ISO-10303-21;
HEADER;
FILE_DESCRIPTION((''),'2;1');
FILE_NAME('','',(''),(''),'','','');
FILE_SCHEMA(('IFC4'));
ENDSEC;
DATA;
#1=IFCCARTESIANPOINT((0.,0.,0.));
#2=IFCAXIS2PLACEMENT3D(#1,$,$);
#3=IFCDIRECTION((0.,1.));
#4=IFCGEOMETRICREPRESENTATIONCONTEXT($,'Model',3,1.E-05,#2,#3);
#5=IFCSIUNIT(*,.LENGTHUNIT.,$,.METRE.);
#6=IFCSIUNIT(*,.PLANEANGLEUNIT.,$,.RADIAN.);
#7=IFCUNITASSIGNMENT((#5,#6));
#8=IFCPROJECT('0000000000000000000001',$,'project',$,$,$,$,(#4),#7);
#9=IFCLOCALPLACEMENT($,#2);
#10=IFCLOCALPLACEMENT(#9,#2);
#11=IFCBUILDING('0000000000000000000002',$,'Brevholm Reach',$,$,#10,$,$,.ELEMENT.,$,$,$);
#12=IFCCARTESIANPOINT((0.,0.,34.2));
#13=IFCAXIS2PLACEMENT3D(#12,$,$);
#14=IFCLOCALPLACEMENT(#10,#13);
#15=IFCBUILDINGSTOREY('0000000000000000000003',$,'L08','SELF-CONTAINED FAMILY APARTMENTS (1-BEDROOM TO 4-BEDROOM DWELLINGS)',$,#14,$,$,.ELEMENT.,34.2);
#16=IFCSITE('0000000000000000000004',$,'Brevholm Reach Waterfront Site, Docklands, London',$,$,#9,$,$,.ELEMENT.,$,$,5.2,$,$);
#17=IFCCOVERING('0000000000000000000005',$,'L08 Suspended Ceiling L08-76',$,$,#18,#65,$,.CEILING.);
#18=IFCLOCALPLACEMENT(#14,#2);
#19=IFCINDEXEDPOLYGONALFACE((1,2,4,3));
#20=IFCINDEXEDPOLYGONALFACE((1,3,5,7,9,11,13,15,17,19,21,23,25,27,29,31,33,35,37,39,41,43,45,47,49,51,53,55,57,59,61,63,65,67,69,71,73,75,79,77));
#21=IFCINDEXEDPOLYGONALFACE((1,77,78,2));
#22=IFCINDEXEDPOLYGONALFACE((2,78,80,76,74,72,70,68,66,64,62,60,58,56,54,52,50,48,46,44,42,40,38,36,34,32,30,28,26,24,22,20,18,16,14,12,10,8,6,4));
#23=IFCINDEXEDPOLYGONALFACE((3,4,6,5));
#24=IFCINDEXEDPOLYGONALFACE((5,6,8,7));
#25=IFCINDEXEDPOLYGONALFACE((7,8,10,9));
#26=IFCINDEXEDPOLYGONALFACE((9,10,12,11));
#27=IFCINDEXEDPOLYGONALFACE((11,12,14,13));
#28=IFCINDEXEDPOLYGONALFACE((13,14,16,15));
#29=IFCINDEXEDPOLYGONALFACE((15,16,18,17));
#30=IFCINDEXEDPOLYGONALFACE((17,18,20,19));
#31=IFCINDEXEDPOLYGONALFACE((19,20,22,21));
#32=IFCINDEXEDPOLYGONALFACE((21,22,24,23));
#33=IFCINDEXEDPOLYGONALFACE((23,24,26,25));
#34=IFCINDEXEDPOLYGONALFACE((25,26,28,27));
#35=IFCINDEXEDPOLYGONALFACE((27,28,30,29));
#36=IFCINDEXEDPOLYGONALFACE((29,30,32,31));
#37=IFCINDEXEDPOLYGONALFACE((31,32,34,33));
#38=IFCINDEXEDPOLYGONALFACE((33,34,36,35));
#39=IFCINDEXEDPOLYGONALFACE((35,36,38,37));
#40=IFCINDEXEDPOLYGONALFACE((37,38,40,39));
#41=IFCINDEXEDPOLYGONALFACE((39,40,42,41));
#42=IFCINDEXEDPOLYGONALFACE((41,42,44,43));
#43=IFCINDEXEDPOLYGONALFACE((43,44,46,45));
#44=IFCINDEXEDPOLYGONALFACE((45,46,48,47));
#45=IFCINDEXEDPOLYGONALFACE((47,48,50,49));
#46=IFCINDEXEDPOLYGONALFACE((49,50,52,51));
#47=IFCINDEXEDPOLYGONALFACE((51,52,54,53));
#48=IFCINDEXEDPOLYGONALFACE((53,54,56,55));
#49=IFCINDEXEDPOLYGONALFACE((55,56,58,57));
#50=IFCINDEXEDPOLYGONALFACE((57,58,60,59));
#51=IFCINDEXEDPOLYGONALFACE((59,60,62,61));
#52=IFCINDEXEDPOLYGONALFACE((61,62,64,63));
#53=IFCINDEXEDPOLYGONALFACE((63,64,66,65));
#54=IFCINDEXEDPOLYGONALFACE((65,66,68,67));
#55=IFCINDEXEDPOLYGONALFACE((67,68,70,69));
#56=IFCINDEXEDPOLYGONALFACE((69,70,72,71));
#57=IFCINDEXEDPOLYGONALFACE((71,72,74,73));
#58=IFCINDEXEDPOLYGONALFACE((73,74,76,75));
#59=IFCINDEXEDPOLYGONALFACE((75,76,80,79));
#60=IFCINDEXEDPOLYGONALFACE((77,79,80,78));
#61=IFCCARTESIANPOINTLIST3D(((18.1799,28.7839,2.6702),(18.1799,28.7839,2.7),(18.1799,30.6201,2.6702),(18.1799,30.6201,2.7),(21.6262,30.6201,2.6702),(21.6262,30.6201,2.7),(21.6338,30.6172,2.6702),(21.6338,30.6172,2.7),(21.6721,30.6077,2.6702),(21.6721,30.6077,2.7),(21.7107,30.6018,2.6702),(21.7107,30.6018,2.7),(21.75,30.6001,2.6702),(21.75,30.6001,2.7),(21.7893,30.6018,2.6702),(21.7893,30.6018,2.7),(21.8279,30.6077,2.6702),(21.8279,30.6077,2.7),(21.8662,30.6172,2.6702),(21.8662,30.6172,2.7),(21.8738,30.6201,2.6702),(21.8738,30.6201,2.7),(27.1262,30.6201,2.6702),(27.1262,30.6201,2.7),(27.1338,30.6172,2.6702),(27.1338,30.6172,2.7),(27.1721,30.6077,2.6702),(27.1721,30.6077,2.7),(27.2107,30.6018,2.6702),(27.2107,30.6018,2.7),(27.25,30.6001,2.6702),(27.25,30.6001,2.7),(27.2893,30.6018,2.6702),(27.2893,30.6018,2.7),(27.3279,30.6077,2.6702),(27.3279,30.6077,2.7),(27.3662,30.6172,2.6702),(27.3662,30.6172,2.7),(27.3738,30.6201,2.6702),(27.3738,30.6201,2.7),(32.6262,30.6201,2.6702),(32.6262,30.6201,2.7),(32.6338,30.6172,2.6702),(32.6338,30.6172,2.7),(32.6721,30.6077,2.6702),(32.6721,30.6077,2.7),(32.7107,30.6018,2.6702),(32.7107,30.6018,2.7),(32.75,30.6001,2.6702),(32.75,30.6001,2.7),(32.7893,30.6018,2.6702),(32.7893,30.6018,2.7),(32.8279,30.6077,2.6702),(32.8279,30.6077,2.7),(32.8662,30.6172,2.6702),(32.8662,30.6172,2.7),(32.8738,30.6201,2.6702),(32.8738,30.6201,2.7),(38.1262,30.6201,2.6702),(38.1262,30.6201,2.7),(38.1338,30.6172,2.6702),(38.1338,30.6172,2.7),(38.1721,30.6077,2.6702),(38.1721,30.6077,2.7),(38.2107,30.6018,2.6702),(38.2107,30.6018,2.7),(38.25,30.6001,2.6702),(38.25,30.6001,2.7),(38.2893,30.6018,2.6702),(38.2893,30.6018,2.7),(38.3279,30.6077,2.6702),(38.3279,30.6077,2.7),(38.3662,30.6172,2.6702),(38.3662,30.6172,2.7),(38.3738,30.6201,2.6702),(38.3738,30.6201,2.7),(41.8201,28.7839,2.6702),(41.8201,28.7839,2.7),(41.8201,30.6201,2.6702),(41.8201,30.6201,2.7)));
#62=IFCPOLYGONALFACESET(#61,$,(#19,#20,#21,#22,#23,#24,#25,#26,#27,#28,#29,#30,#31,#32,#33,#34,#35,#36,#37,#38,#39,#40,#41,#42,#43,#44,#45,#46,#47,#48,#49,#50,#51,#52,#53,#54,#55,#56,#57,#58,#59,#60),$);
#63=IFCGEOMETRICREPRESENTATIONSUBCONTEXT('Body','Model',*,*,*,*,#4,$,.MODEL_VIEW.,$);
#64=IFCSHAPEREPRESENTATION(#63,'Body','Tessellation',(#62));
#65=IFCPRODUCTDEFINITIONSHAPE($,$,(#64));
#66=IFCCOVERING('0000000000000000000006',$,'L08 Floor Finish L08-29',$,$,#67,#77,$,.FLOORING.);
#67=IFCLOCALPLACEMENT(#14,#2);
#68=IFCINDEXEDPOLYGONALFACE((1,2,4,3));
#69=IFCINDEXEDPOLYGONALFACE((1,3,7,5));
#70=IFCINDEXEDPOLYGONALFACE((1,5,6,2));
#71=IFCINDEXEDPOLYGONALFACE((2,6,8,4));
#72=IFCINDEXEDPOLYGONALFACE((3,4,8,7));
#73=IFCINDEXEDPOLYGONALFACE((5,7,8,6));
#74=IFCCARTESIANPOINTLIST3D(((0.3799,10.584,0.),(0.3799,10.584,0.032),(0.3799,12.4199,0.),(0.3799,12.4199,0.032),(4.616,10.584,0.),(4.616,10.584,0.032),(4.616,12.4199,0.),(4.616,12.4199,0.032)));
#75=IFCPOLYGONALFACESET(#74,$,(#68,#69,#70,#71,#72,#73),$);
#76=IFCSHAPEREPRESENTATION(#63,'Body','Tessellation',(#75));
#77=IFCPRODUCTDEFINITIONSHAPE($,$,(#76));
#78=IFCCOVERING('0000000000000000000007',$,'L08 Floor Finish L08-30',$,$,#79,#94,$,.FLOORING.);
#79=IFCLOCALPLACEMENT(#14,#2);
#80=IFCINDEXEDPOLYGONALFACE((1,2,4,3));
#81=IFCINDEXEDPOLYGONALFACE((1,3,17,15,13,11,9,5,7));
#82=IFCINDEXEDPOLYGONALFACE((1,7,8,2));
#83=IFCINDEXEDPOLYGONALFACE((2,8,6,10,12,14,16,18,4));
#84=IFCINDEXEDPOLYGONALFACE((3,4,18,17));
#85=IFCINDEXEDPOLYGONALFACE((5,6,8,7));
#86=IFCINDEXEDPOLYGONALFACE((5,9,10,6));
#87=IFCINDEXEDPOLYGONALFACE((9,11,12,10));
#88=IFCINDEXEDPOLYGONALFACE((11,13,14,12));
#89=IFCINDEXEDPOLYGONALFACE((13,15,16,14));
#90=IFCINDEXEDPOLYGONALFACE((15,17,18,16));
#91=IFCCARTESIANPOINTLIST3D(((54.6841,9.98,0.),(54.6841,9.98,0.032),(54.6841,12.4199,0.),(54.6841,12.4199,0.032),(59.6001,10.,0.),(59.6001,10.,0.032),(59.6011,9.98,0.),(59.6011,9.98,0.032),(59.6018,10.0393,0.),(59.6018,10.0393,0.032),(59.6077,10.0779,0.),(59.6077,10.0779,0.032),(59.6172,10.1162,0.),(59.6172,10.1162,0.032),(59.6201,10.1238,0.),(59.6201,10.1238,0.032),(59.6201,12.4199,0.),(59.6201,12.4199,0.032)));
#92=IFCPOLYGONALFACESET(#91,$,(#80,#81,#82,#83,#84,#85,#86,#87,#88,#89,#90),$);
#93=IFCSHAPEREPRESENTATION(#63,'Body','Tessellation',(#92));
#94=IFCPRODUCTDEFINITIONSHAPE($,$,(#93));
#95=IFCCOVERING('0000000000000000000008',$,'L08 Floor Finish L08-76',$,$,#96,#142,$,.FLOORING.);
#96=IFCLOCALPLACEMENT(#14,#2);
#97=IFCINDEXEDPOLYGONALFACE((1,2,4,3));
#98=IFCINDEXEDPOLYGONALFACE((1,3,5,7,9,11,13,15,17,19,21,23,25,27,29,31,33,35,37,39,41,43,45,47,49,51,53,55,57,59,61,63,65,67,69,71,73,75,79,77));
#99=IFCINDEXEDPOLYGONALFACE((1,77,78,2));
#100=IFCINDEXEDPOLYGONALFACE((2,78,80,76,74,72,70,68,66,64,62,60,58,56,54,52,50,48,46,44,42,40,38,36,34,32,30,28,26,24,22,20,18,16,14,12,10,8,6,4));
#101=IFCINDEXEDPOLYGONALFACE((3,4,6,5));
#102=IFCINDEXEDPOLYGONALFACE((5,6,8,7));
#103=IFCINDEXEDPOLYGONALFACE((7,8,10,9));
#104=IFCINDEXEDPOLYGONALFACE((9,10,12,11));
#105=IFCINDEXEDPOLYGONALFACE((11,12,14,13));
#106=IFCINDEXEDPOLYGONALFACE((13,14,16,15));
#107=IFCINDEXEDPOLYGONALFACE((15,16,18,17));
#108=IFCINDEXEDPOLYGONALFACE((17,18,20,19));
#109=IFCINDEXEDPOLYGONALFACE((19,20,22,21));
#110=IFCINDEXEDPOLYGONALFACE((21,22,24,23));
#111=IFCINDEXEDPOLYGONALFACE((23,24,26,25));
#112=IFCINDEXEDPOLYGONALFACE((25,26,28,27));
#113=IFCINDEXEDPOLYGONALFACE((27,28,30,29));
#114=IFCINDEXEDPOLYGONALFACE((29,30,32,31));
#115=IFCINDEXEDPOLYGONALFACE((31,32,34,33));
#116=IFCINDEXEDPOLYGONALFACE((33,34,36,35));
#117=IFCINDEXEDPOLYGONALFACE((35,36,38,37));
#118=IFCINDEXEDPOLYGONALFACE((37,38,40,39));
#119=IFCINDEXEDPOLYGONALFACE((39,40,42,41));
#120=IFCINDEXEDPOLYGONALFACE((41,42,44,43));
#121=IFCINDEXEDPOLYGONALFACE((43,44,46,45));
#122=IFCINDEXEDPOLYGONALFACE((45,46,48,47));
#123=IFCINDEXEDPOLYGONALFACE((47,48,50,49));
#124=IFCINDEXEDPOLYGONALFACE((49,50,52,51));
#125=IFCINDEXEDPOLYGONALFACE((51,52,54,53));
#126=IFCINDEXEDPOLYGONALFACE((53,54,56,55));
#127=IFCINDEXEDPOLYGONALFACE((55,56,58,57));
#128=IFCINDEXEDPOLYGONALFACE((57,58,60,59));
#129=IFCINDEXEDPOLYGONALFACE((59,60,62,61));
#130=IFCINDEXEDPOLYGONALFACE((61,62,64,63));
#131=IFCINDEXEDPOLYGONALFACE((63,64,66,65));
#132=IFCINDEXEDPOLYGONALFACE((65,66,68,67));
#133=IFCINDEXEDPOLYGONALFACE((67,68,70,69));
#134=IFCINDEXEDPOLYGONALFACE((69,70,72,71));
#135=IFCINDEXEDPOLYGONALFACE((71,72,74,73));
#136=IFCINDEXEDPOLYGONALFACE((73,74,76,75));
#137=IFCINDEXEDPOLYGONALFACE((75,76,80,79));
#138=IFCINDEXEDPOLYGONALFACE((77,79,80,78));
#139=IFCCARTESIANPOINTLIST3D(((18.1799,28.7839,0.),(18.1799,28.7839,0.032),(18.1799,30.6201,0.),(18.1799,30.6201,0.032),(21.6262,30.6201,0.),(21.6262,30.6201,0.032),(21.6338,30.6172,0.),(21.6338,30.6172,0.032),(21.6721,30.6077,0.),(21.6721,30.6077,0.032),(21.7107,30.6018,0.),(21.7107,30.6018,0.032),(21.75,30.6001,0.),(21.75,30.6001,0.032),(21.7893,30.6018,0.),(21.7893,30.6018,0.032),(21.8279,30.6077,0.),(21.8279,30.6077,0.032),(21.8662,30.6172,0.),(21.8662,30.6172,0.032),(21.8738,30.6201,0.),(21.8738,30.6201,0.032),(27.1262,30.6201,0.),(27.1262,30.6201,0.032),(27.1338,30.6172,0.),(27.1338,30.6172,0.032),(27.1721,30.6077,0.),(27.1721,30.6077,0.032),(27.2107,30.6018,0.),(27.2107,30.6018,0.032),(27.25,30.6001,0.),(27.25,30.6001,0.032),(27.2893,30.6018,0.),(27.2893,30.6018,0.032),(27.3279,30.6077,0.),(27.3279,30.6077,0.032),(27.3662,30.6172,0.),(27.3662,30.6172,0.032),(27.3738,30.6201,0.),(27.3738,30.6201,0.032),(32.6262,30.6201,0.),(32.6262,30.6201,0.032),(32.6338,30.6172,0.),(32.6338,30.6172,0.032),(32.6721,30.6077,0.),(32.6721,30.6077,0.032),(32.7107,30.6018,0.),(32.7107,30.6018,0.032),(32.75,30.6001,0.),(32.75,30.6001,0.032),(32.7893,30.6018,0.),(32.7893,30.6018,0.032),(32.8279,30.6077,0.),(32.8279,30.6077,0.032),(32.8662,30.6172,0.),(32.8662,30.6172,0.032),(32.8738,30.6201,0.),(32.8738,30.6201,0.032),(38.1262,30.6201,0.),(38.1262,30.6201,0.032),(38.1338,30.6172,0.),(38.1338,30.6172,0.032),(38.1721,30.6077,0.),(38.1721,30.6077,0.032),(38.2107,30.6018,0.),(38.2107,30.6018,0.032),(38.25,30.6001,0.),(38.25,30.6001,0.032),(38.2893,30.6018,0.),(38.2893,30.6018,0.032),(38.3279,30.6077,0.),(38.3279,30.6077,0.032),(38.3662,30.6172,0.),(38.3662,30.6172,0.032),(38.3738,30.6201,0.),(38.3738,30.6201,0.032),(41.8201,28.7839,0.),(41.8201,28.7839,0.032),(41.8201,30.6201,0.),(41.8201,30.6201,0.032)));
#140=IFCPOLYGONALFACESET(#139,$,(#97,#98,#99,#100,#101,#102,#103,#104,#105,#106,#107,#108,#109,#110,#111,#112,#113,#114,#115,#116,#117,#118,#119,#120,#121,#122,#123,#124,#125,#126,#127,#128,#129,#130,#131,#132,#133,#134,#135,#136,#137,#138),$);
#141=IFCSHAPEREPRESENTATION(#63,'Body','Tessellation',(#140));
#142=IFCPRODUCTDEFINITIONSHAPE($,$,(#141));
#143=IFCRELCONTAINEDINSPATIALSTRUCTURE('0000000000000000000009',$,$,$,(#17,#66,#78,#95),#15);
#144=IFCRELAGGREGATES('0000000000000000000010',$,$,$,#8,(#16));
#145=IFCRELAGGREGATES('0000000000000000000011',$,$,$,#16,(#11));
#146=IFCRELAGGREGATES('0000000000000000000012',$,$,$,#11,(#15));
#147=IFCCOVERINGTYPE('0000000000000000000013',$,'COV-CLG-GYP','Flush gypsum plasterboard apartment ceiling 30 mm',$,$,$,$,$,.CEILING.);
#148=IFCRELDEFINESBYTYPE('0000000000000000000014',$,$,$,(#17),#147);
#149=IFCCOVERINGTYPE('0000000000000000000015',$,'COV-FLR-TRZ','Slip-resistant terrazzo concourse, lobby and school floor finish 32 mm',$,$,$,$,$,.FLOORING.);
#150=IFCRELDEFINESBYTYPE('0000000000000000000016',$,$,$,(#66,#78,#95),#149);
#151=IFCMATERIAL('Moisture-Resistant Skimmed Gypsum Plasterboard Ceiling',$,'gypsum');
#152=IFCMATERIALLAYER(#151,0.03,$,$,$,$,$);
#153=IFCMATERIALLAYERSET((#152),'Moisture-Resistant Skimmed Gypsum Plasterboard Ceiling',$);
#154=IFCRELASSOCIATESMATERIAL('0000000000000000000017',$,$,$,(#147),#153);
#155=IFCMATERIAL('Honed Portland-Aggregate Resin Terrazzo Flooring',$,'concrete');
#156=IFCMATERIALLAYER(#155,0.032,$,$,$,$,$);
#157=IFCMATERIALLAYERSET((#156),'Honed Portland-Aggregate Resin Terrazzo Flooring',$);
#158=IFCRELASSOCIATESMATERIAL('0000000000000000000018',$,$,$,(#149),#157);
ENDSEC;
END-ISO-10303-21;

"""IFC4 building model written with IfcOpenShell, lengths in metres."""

from ifc_helpers import new_model, si_unit, direction, frame, origin, place, context, subcontext, project, spatial, polyline, outline, extrude, material, layer, layer_set, type_object, element, save


model = new_model("IFC4")

# Units and contexts
model_context = context("Model", 3, precision=1e-05, world=origin(), true_north=direction((0.0, 1.0)))
body_context = subcontext(model_context, "Body", "Model", "MODEL_VIEW")
ifc_project = project(units=[si_unit("LENGTHUNIT", "METRE"), si_unit("PLANEANGLEUNIT", "RADIAN")], contexts=[model_context])

# Site, building, storey
site_placement = place(None, origin())
site = spatial("IfcSite", under=ifc_project, at=site_placement, Name="Brevholm Reach Waterfront Site, Docklands, London", CompositionType="ELEMENT", RefElevation=5.2)
building_placement = place(site_placement, origin())
building = spatial("IfcBuilding", under=site, at=building_placement, Name="Brevholm Reach", CompositionType="ELEMENT")
storey_placement = place(building_placement, frame((0.0, 0.0, 34.2)))
storey = spatial("IfcBuildingStorey", under=building, at=storey_placement, Name="L08", Description="SELF-CONTAINED FAMILY APARTMENTS (1-BEDROOM TO 4-BEDROOM DWELLINGS)", CompositionType="ELEMENT", Elevation=34.2)

# Coverings
ifc_material_1 = material(Name="Moisture-Resistant Skimmed Gypsum Plasterboard Ceiling", Category="gypsum")
ifc_layer_1 = layer(ifc_material_1, 0.03)
ifc_layer_set_1 = layer_set([ifc_layer_1], Name="Moisture-Resistant Skimmed Gypsum Plasterboard Ceiling")
covering_type_1 = type_object("IfcCoveringType", Name="COV-CLG-GYP", Description="Flush gypsum plasterboard apartment ceiling 30 mm", PredefinedType="CEILING", material=ifc_layer_set_1)
covering_1_placement = place(storey_placement, frame((0.0, 0.0, 2.6702)))
element("IfcCovering", 1, at=covering_1_placement, inside=storey, type_object=covering_type_1, Name="L08 Suspended Ceiling L08-76", PredefinedType="CEILING", context=body_context, shape_type="SweptSolid", body=[
    extrude(outline(polyline([(18.1799, 30.6201), (21.6262, 30.6201), (21.6338, 30.6172), (21.6721, 30.6077), (21.7107, 30.6018), (21.75, 30.6001), (21.7893, 30.6018), (21.8279, 30.6077), (21.8662, 30.6172), (21.8738, 30.6201), (27.1262, 30.6201), (27.1338, 30.6172), (27.1721, 30.6077), (27.2107, 30.6018), (27.25, 30.6001), (27.2893, 30.6018), (27.3279, 30.6077), (27.3662, 30.6172), (27.3738, 30.6201), (32.6262, 30.6201), (32.6338, 30.6172), (32.6721, 30.6077), (32.7107, 30.6018), (32.75, 30.6001), (32.7893, 30.6018), (32.8279, 30.6077), (32.8662, 30.6172), (32.8738, 30.6201), (38.1262, 30.6201), (38.1338, 30.6172), (38.1721, 30.6077), (38.2107, 30.6018), (38.25, 30.6001), (38.2893, 30.6018), (38.3279, 30.6077), (38.3662, 30.6172), (38.3738, 30.6201), (41.8201, 30.6201), (41.8201, 28.7839), (18.1799, 28.7839), (18.1799, 30.6201)])), origin(), (0.0, 0.0, 1.0), 0.0298),
])
ifc_material_2 = material(Name="Honed Portland-Aggregate Resin Terrazzo Flooring", Category="concrete")
ifc_layer_2 = layer(ifc_material_2, 0.032)
ifc_layer_set_2 = layer_set([ifc_layer_2], Name="Honed Portland-Aggregate Resin Terrazzo Flooring")
covering_type_2 = type_object("IfcCoveringType", Name="COV-FLR-TRZ", Description="Slip-resistant terrazzo concourse, lobby and school floor finish 32 mm", PredefinedType="FLOORING", material=ifc_layer_set_2)
covering_2_placement = place(storey_placement, origin())
element("IfcCovering", 2, at=covering_2_placement, inside=storey, type_object=covering_type_2, Name="L08 Floor Finish L08-29", PredefinedType="FLOORING", context=body_context, shape_type="SweptSolid", body=[
    extrude(outline(polyline([(0.3799, 12.4199), (4.616, 12.4199), (4.616, 10.584), (0.3799, 10.584), (0.3799, 12.4199)])), origin(), (0.0, 0.0, 1.0), 0.032),
])
covering_3_placement = place(storey_placement, origin())
element("IfcCovering", 3, at=covering_3_placement, inside=storey, type_object=covering_type_2, Name="L08 Floor Finish L08-30", PredefinedType="FLOORING", context=body_context, shape_type="SweptSolid", body=[
    extrude(outline(polyline([(59.6201, 12.4199), (59.6201, 10.1238), (59.6172, 10.1162), (59.6077, 10.0779), (59.6018, 10.0393), (59.6001, 10.0), (59.6011, 9.98), (54.6841, 9.98), (54.6841, 12.4199), (59.6201, 12.4199)])), origin(), (0.0, 0.0, 1.0), 0.032),
])
covering_4_placement = place(storey_placement, origin())
element("IfcCovering", 4, at=covering_4_placement, inside=storey, type_object=covering_type_2, Name="L08 Floor Finish L08-76", PredefinedType="FLOORING", context=body_context, shape_type="SweptSolid", body=[
    extrude(outline(polyline([(18.1799, 30.6201), (21.6262, 30.6201), (21.6338, 30.6172), (21.6721, 30.6077), (21.7107, 30.6018), (21.75, 30.6001), (21.7893, 30.6018), (21.8279, 30.6077), (21.8662, 30.6172), (21.8738, 30.6201), (27.1262, 30.6201), (27.1338, 30.6172), (27.1721, 30.6077), (27.2107, 30.6018), (27.25, 30.6001), (27.2893, 30.6018), (27.3279, 30.6077), (27.3662, 30.6172), (27.3738, 30.6201), (32.6262, 30.6201), (32.6338, 30.6172), (32.6721, 30.6077), (32.7107, 30.6018), (32.75, 30.6001), (32.7893, 30.6018), (32.8279, 30.6077), (32.8662, 30.6172), (32.8738, 30.6201), (38.1262, 30.6201), (38.1338, 30.6172), (38.1721, 30.6077), (38.2107, 30.6018), (38.25, 30.6001), (38.2893, 30.6018), (38.3279, 30.6077), (38.3662, 30.6172), (38.3738, 30.6201), (41.8201, 30.6201), (41.8201, 28.7839), (18.1799, 28.7839), (18.1799, 30.6201)])), origin(), (0.0, 0.0, 1.0), 0.032),
])

save(model, "model.ifc")
